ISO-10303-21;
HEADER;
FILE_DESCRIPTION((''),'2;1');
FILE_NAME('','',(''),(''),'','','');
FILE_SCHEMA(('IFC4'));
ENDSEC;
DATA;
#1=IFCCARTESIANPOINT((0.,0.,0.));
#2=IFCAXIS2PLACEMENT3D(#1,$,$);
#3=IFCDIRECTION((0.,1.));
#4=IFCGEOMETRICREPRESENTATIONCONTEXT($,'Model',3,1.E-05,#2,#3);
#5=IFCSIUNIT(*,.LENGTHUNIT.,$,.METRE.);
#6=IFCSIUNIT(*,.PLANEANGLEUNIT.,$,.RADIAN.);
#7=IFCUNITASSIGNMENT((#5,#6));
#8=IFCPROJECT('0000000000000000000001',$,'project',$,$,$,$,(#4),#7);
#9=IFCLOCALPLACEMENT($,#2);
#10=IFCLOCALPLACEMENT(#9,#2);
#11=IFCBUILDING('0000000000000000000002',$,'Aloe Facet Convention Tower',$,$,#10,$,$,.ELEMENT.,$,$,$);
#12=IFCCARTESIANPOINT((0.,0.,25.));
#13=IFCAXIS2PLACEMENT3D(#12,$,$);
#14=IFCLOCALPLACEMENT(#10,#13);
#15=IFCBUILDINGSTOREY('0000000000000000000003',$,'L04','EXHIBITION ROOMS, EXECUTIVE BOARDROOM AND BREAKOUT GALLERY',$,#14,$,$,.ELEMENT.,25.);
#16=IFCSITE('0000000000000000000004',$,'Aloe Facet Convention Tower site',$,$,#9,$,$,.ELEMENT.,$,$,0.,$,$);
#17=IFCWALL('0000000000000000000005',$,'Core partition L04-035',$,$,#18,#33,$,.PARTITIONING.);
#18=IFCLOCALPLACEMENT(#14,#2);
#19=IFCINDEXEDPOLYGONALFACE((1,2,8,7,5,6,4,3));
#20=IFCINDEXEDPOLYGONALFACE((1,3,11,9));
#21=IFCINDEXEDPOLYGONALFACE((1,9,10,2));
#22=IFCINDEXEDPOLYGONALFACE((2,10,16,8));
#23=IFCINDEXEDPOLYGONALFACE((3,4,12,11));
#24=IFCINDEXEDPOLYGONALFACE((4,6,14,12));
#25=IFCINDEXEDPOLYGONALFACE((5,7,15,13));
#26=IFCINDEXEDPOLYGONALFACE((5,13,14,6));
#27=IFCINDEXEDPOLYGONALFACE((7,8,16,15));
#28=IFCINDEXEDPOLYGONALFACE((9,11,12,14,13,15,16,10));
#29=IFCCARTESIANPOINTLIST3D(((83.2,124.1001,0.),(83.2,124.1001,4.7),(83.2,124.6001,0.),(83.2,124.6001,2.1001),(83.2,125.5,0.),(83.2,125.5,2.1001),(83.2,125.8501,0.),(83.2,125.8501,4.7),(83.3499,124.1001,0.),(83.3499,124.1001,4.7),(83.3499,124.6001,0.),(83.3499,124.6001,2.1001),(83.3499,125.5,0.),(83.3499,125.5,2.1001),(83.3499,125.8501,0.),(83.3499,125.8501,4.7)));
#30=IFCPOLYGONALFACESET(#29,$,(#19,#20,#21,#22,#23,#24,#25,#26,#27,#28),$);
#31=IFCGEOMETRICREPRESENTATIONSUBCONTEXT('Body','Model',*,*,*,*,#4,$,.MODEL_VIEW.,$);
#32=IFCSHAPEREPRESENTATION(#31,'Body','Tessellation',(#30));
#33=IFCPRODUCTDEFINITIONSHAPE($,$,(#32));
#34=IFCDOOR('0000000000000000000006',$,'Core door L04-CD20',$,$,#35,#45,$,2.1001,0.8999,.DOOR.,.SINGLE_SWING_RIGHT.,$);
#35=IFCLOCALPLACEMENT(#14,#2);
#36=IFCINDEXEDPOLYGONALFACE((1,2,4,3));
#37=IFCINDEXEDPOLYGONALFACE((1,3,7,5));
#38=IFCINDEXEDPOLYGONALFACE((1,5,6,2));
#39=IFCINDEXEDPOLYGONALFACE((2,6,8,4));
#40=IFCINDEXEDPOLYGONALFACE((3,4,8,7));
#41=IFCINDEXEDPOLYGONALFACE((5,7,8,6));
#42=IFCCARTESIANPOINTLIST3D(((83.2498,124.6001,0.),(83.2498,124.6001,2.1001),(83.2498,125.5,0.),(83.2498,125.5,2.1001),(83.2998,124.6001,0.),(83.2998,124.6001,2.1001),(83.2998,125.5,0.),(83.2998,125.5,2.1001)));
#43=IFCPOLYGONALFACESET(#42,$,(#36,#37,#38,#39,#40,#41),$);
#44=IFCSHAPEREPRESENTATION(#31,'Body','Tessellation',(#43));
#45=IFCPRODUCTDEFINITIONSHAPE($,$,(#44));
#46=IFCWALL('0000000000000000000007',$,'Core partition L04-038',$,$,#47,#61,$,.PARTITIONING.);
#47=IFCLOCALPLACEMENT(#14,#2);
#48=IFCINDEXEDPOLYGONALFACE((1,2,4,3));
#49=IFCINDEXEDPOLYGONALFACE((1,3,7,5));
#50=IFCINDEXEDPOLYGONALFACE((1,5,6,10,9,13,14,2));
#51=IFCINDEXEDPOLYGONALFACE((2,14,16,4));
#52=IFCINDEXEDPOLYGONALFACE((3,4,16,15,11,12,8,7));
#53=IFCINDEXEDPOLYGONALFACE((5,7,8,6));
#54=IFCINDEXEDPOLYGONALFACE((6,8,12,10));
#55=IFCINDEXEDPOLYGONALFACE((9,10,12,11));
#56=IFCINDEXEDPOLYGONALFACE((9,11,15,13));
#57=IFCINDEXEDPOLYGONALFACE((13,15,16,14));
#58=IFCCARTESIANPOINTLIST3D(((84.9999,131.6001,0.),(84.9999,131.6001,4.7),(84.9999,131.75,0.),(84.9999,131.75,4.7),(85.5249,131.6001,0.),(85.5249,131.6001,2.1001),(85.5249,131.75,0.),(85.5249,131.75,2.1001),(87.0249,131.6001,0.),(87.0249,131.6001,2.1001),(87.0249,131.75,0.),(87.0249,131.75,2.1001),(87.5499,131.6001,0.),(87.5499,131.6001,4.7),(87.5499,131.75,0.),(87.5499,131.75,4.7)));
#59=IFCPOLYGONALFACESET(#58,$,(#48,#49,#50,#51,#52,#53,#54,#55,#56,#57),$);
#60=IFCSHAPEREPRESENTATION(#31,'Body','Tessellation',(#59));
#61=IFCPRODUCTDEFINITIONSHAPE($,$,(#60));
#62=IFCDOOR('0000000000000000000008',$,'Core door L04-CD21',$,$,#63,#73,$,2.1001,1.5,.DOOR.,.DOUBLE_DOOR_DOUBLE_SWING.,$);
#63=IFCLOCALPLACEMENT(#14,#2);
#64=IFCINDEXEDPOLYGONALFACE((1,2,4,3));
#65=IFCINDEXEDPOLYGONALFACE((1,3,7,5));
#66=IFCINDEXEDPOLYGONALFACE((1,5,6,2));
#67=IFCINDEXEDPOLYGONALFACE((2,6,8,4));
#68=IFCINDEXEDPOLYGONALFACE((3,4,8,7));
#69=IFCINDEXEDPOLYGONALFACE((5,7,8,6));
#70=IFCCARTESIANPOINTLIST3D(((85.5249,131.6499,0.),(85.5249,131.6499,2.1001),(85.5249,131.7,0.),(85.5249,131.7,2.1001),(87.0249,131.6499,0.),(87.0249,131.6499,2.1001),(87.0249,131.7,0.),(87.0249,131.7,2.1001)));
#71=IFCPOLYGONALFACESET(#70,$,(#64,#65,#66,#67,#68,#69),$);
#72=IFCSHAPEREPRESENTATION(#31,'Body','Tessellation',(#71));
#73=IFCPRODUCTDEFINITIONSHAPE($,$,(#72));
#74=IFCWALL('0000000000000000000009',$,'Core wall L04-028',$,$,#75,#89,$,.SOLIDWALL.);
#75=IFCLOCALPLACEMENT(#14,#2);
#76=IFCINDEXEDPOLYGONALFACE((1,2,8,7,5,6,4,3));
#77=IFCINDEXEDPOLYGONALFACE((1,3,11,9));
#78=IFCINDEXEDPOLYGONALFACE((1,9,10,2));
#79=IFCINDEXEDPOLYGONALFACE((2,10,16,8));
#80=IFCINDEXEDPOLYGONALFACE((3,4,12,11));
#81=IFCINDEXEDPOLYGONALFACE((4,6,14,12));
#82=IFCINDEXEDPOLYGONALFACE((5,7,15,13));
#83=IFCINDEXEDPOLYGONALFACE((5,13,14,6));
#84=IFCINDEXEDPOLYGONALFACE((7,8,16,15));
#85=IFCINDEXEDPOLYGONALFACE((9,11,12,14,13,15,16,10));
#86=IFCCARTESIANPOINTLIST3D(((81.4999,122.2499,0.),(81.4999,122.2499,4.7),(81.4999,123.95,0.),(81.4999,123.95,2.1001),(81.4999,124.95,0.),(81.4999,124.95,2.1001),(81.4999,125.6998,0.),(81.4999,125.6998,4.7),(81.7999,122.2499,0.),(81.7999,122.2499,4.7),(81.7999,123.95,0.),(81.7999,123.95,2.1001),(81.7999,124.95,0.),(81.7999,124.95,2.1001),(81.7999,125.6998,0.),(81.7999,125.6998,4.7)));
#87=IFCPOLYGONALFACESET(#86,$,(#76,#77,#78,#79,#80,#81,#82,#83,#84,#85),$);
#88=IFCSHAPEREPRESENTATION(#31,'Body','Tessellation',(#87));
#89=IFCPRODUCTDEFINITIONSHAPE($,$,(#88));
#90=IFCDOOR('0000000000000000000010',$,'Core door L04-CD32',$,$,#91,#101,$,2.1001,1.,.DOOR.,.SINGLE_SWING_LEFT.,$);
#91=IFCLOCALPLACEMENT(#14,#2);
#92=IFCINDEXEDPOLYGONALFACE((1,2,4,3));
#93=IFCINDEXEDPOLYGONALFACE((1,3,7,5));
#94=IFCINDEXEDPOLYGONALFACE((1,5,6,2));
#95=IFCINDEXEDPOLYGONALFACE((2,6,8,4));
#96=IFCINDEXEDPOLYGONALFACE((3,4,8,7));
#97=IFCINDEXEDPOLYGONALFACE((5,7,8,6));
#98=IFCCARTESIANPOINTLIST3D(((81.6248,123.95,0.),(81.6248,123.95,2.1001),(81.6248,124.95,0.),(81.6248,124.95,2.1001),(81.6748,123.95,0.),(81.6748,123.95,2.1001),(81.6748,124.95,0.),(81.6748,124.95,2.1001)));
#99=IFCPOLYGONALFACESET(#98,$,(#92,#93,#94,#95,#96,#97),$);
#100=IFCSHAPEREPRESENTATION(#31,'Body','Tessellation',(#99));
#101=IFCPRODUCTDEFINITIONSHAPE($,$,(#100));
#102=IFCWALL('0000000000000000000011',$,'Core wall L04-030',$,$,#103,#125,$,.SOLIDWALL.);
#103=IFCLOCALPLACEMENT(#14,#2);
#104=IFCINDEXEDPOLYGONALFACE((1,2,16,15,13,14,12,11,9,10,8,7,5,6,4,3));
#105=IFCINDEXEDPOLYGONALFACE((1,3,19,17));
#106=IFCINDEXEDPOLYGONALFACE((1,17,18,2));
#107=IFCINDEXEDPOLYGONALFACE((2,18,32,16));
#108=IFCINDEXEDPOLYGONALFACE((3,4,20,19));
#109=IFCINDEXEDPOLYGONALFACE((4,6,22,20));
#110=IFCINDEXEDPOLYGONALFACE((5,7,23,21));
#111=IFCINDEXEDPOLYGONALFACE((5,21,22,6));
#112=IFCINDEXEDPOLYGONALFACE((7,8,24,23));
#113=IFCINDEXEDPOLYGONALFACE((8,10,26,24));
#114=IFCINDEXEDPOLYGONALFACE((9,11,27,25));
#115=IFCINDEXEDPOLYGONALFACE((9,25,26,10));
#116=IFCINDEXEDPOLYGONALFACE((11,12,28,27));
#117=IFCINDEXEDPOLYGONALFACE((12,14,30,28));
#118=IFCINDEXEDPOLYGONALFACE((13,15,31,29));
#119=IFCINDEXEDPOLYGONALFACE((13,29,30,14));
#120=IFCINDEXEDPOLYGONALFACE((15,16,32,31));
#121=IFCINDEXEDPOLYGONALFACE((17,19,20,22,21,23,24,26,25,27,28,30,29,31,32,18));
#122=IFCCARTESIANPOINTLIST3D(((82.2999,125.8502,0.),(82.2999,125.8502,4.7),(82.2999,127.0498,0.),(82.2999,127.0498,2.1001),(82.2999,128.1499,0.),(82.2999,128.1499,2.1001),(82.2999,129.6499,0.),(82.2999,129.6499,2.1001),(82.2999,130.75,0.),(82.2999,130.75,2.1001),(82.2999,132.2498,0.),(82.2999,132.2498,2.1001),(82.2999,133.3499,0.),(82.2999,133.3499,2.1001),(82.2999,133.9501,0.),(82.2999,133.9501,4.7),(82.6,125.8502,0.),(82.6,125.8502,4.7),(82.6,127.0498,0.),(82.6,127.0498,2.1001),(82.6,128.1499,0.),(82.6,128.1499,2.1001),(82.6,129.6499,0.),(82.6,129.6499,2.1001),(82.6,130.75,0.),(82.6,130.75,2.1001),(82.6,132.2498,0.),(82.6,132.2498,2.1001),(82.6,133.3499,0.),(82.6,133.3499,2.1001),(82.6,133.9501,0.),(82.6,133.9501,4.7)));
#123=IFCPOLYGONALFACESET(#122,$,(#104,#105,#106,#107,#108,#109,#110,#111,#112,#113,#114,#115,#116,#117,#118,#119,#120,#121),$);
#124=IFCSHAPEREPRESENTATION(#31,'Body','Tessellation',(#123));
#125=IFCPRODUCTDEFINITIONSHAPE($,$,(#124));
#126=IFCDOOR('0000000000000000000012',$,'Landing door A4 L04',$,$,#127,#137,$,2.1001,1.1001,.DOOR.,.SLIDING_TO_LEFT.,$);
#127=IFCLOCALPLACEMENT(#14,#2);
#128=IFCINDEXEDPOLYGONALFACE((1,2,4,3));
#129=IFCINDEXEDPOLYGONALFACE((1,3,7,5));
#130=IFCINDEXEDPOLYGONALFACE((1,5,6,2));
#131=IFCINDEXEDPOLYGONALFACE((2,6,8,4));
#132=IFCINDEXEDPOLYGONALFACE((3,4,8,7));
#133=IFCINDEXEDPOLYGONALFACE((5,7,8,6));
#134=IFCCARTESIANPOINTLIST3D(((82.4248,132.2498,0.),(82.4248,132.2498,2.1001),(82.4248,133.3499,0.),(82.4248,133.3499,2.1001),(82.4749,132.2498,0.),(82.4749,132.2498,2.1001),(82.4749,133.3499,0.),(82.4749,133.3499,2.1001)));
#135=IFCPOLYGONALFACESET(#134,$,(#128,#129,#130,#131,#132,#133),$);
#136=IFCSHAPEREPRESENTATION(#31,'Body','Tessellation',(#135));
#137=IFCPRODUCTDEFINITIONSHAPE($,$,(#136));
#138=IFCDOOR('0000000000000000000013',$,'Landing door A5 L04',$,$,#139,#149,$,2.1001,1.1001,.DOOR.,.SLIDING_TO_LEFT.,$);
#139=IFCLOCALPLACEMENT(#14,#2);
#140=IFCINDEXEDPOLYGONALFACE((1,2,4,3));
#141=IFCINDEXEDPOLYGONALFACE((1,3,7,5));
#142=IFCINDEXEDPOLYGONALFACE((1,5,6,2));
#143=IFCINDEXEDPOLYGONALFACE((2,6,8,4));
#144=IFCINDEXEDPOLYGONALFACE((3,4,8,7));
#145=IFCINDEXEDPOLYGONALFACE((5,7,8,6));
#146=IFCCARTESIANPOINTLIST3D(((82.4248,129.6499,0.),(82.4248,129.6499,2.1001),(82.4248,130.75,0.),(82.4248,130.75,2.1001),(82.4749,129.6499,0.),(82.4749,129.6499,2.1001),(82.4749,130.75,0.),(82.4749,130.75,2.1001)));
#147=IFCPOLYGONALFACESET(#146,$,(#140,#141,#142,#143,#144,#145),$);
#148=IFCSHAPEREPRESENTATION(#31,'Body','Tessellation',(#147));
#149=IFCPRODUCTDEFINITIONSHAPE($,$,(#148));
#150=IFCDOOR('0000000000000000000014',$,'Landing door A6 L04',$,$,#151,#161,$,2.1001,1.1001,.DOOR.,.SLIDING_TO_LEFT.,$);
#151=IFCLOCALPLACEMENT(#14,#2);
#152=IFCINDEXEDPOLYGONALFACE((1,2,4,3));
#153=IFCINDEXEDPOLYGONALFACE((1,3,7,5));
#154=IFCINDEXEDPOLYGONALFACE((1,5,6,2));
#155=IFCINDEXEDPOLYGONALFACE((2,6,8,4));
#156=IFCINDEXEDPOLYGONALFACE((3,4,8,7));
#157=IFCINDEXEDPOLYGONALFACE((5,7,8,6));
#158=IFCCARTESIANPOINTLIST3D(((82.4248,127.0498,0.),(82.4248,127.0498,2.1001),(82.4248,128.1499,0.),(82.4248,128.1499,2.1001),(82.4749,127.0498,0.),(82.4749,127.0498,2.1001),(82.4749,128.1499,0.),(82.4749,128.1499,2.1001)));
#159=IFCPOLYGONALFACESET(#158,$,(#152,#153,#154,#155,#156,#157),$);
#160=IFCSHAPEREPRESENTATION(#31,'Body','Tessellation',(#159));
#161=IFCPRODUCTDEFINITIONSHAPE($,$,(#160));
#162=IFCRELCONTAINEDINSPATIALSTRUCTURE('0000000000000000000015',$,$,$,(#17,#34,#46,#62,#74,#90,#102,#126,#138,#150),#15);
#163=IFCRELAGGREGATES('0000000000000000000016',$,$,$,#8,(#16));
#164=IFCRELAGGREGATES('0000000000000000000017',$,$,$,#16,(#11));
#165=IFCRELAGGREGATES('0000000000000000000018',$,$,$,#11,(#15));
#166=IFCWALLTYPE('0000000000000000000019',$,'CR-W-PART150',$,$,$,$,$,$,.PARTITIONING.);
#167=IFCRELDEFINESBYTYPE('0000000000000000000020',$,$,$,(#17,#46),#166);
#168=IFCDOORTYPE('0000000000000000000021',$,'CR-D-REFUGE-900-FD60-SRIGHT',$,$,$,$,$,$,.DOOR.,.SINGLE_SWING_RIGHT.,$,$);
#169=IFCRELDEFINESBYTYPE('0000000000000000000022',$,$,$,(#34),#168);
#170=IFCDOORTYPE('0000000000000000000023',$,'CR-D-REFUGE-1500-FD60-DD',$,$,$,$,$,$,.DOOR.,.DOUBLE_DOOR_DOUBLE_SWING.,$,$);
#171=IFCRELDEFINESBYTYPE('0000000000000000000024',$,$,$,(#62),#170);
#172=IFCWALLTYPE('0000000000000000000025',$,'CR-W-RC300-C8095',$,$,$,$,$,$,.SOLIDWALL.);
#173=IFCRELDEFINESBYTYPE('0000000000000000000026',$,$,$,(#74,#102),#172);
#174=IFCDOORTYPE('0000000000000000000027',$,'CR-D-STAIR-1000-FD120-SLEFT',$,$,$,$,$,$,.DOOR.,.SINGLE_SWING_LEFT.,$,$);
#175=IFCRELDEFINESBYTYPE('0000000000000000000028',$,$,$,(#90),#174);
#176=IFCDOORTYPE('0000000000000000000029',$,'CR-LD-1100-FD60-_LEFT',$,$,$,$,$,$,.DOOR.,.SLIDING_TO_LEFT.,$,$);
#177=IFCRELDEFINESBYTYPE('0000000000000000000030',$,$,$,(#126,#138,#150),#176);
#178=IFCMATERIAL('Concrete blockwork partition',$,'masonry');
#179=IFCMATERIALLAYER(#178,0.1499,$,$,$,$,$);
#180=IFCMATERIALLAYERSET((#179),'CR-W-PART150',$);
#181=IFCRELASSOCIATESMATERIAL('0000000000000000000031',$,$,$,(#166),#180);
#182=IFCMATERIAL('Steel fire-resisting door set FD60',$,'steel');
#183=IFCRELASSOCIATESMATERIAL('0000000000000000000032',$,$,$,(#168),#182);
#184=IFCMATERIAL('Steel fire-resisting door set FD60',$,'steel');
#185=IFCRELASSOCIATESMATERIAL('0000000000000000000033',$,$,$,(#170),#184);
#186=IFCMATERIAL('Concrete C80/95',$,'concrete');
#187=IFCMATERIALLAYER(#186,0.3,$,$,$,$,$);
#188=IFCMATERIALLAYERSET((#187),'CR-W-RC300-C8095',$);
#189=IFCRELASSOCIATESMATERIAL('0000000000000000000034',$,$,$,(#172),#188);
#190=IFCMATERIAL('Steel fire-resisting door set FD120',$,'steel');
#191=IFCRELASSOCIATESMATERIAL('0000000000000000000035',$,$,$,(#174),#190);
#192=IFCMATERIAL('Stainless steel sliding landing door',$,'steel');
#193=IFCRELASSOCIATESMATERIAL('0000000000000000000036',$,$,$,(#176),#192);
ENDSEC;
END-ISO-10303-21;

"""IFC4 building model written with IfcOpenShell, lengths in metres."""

from ifc_helpers import new_model, si_unit, direction, frame, frame_2d, origin, place, context, subcontext, project, spatial, rectangle, extrude, material, layer, layer_set, type_object, element, fill, save


model = new_model("IFC4")

# Units and contexts
model_context = context("Model", 3, precision=1e-05, world=origin(), true_north=direction((0.0, 1.0)))
body_context = subcontext(model_context, "Body", "Model", "MODEL_VIEW")
ifc_project = project(units=[si_unit("LENGTHUNIT", "METRE"), si_unit("PLANEANGLEUNIT", "RADIAN")], contexts=[model_context])

# Site, building, storey
site_placement = place(None, origin())
site = spatial("IfcSite", under=ifc_project, at=site_placement, Name="Aloe Facet Convention Tower site", CompositionType="ELEMENT", RefElevation=0.0)
building_placement = place(site_placement, origin())
building = spatial("IfcBuilding", under=site, at=building_placement, Name="Aloe Facet Convention Tower", CompositionType="ELEMENT")
storey_placement = place(building_placement, frame((0.0, 0.0, 25.0)))
storey = spatial("IfcBuildingStorey", under=building, at=storey_placement, Name="L04", Description="EXHIBITION ROOMS, EXECUTIVE BOARDROOM AND BREAKOUT GALLERY", CompositionType="ELEMENT", Elevation=25.0)

# Walls, openings, doors
ifc_material_1 = material(Name="Concrete blockwork partition", Category="masonry")
ifc_layer_1 = layer(ifc_material_1, 0.1499)
ifc_layer_set_1 = layer_set([ifc_layer_1], Name="CR-W-PART150")
wall_type_1 = type_object("IfcWallType", Name="CR-W-PART150", PredefinedType="PARTITIONING", material=ifc_layer_set_1)
wall_1_placement = place(storey_placement, frame((83.2749, 125.8501, 0.0), z_axis=(0.0, 0.0, 1.0), x_axis=(0.0, -1.0, 0.0)))
wall_1 = element("IfcWall", 1, at=wall_1_placement, inside=storey, type_object=wall_type_1, Name="Core partition L04-035", PredefinedType="PARTITIONING", context=body_context, shape_type="SweptSolid", body=[
    extrude(rectangle(XDim=1.75, YDim=0.1499, at=frame_2d((0.875, 0.0))), origin(), (0.0, 0.0, 1.0), 4.7),
])
opening_1_placement = place(wall_1_placement, frame((0.3501, 0.0, 0.0)))
opening_1 = element("IfcOpeningElement", 2, at=opening_1_placement, cuts=wall_1, PredefinedType="OPENING", context=body_context, shape_type="SweptSolid", body=[
    extrude(rectangle(XDim=0.8999, YDim=2.1001, at=frame_2d((0.45, 1.05))), frame((0.0, 0.085, 0.0), z_axis=(0.0, -1.0, 0.0), x_axis=(1.0, 0.0, 0.0)), (0.0, 0.0, 1.0), 0.1699),
])
ifc_material_2 = material(Name="Steel fire-resisting door set FD60", Category="steel")
door_type_1 = type_object("IfcDoorType", Name="CR-D-REFUGE-900-FD60-SRIGHT", OperationType="SINGLE_SWING_RIGHT", PredefinedType="DOOR", material=ifc_material_2)
door_1_placement = place(opening_1_placement, origin())
door_1 = element("IfcDoor", 3, at=door_1_placement, inside=storey, type_object=door_type_1, Name="Core door L04-CD20", OperationType="SINGLE_SWING_RIGHT", OverallHeight=2.1001, OverallWidth=0.8999, PredefinedType="DOOR", context=body_context, shape_type="SweptSolid", body=[
    extrude(rectangle(XDim=0.8999, YDim=2.1001, at=frame_2d((0.45, 1.05))), frame((0.0, 0.0249, 0.0), z_axis=(0.0, -1.0, 0.0), x_axis=(1.0, 0.0, 0.0)), (0.0, 0.0, 1.0), 0.05),
])
fill(opening_1, door_1)
wall_2_placement = place(storey_placement, frame((85.0, 131.675, 0.0), z_axis=(0.0, 0.0, 1.0), x_axis=(1.0, 0.0, 0.0)))
wall_2 = element("IfcWall", 4, at=wall_2_placement, inside=storey, type_object=wall_type_1, Name="Core partition L04-038", PredefinedType="PARTITIONING", context=body_context, shape_type="SweptSolid", body=[
    extrude(rectangle(XDim=2.55, YDim=0.1499, at=frame_2d((1.2749, 0.0))), origin(), (0.0, 0.0, 1.0), 4.7),
])
opening_2_placement = place(wall_2_placement, frame((0.5249, 0.0, 0.0)))
opening_2 = element("IfcOpeningElement", 5, at=opening_2_placement, cuts=wall_2, PredefinedType="OPENING", context=body_context, shape_type="SweptSolid", body=[
    extrude(rectangle(XDim=1.5, YDim=2.1001, at=frame_2d((0.75, 1.05))), frame((0.0, 0.085, 0.0), z_axis=(0.0, -1.0, 0.0), x_axis=(1.0, 0.0, 0.0)), (0.0, 0.0, 1.0), 0.1699),
])
ifc_material_3 = material(Name="Steel fire-resisting door set FD60", Category="steel")
door_type_2 = type_object("IfcDoorType", Name="CR-D-REFUGE-1500-FD60-DD", OperationType="DOUBLE_DOOR_DOUBLE_SWING", PredefinedType="DOOR", material=ifc_material_3)
door_2_placement = place(opening_2_placement, origin())
door_2 = element("IfcDoor", 6, at=door_2_placement, inside=storey, type_object=door_type_2, Name="Core door L04-CD21", OperationType="DOUBLE_DOOR_DOUBLE_SWING", OverallHeight=2.1001, OverallWidth=1.5, PredefinedType="DOOR", context=body_context, shape_type="SweptSolid", body=[
    extrude(rectangle(XDim=1.5, YDim=2.1001, at=frame_2d((0.75, 1.05))), frame((0.0, 0.0249, 0.0), z_axis=(0.0, -1.0, 0.0), x_axis=(1.0, 0.0, 0.0)), (0.0, 0.0, 1.0), 0.05),
])
fill(opening_2, door_2)
ifc_material_4 = material(Name="Concrete C80/95", Category="concrete")
ifc_layer_2 = layer(ifc_material_4, 0.3)
ifc_layer_set_2 = layer_set([ifc_layer_2], Name="CR-W-RC300-C8095")
wall_type_2 = type_object("IfcWallType", Name="CR-W-RC300-C8095", PredefinedType="SOLIDWALL", material=ifc_layer_set_2)
wall_3_placement = place(storey_placement, frame((81.6499, 125.7, 0.0), z_axis=(0.0, 0.0, 1.0), x_axis=(0.0, -1.0, 0.0)))
wall_3 = element("IfcWall", 7, at=wall_3_placement, inside=storey, type_object=wall_type_2, Name="Core wall L04-028", PredefinedType="SOLIDWALL", context=body_context, shape_type="SweptSolid", body=[
    extrude(rectangle(XDim=3.45, YDim=0.3, at=frame_2d((1.7251, 0.0))), origin(), (0.0, 0.0, 1.0), 4.7),
])
opening_3_placement = place(wall_3_placement, frame((0.75, 0.0, 0.0)))
opening_3 = element("IfcOpeningElement", 8, at=opening_3_placement, cuts=wall_3, PredefinedType="OPENING", context=body_context, shape_type="SweptSolid", body=[
    extrude(rectangle(XDim=1.0, YDim=2.1001, at=frame_2d((0.5, 1.05))), frame((0.0, 0.1602, 0.0), z_axis=(0.0, -1.0, 0.0), x_axis=(1.0, 0.0, 0.0)), (0.0, 0.0, 1.0), 0.3201),
])
ifc_material_5 = material(Name="Steel fire-resisting door set FD120", Category="steel")
door_type_3 = type_object("IfcDoorType", Name="CR-D-STAIR-1000-FD120-SLEFT", OperationType="SINGLE_SWING_LEFT", PredefinedType="DOOR", material=ifc_material_5)
door_3_placement = place(opening_3_placement, origin())
door_3 = element("IfcDoor", 9, at=door_3_placement, inside=storey, type_object=door_type_3, Name="Core door L04-CD32", OperationType="SINGLE_SWING_LEFT", OverallHeight=2.1001, OverallWidth=1.0, PredefinedType="DOOR", context=body_context, shape_type="SweptSolid", body=[
    extrude(rectangle(XDim=1.0, YDim=2.1001, at=frame_2d((0.5, 1.05))), frame((0.0, 0.0249, 0.0), z_axis=(0.0, -1.0, 0.0), x_axis=(1.0, 0.0, 0.0)), (0.0, 0.0, 1.0), 0.05),
])
fill(opening_3, door_3)

# Wall, openings, doors
wall_4_placement = place(storey_placement, frame((82.45, 133.95, 0.0), z_axis=(0.0, 0.0, 1.0), x_axis=(0.0, -1.0, 0.0)))
wall_4 = element("IfcWall", 10, at=wall_4_placement, inside=storey, type_object=wall_type_2, Name="Core wall L04-030", PredefinedType="SOLIDWALL", context=body_context, shape_type="SweptSolid", body=[
    extrude(rectangle(XDim=8.0999, YDim=0.3, at=frame_2d((4.0498, 0.0))), origin(), (0.0, 0.0, 1.0), 4.7),
])
opening_4_placement = place(wall_4_placement, frame((0.6001, 0.0, 0.0)))
opening_4 = element("IfcOpeningElement", 11, at=opening_4_placement, cuts=wall_4, PredefinedType="OPENING", context=body_context, shape_type="SweptSolid", body=[
    extrude(rectangle(XDim=1.1001, YDim=2.1001, at=frame_2d((0.55, 1.05))), frame((0.0, 0.1602, 0.0), z_axis=(0.0, -1.0, 0.0), x_axis=(1.0, 0.0, 0.0)), (0.0, 0.0, 1.0), 0.3201),
])
opening_5_placement = place(wall_4_placement, frame((3.2, 0.0, 0.0)))
opening_5 = element("IfcOpeningElement", 12, at=opening_5_placement, cuts=wall_4, PredefinedType="OPENING", context=body_context, shape_type="SweptSolid", body=[
    extrude(rectangle(XDim=1.1001, YDim=2.1001, at=frame_2d((0.55, 1.05))), frame((0.0, 0.1602, 0.0), z_axis=(0.0, -1.0, 0.0), x_axis=(1.0, 0.0, 0.0)), (0.0, 0.0, 1.0), 0.3201),
])
opening_6_placement = place(wall_4_placement, frame((5.8, 0.0, 0.0)))
opening_6 = element("IfcOpeningElement", 13, at=opening_6_placement, cuts=wall_4, PredefinedType="OPENING", context=body_context, shape_type="SweptSolid", body=[
    extrude(rectangle(XDim=1.1001, YDim=2.1001, at=frame_2d((0.55, 1.05))), frame((0.0, 0.1602, 0.0), z_axis=(0.0, -1.0, 0.0), x_axis=(1.0, 0.0, 0.0)), (0.0, 0.0, 1.0), 0.3201),
])
ifc_material_6 = material(Name="Stainless steel sliding landing door", Category="steel")
door_type_4 = type_object("IfcDoorType", Name="CR-LD-1100-FD60-_LEFT", OperationType="SLIDING_TO_LEFT", PredefinedType="DOOR", material=ifc_material_6)
door_4_placement = place(opening_4_placement, origin())
door_4 = element("IfcDoor", 14, at=door_4_placement, inside=storey, type_object=door_type_4, Name="Landing door A4 L04", OperationType="SLIDING_TO_LEFT", OverallHeight=2.1001, OverallWidth=1.1001, PredefinedType="DOOR", context=body_context, shape_type="SweptSolid", body=[
    extrude(rectangle(XDim=1.1001, YDim=2.1001, at=frame_2d((0.55, 1.05))), frame((0.0, 0.0249, 0.0), z_axis=(0.0, -1.0, 0.0), x_axis=(1.0, 0.0, 0.0)), (0.0, 0.0, 1.0), 0.05),
])
fill(opening_4, door_4)
door_5_placement = place(opening_5_placement, origin())
door_5 = element("IfcDoor", 15, at=door_5_placement, inside=storey, type_object=door_type_4, Name="Landing door A5 L04", OperationType="SLIDING_TO_LEFT", OverallHeight=2.1001, OverallWidth=1.1001, PredefinedType="DOOR", context=body_context, shape_type="SweptSolid", body=[
    extrude(rectangle(XDim=1.1001, YDim=2.1001, at=frame_2d((0.55, 1.05))), frame((0.0, 0.0249, 0.0), z_axis=(0.0, -1.0, 0.0), x_axis=(1.0, 0.0, 0.0)), (0.0, 0.0, 1.0), 0.05),
])
fill(opening_5, door_5)
door_6_placement = place(opening_6_placement, origin())
door_6 = element("IfcDoor", 16, at=door_6_placement, inside=storey, type_object=door_type_4, Name="Landing door A6 L04", OperationType="SLIDING_TO_LEFT", OverallHeight=2.1001, OverallWidth=1.1001, PredefinedType="DOOR", context=body_context, shape_type="SweptSolid", body=[
    extrude(rectangle(XDim=1.1001, YDim=2.1001, at=frame_2d((0.55, 1.05))), frame((0.0, 0.0249, 0.0), z_axis=(0.0, -1.0, 0.0), x_axis=(1.0, 0.0, 0.0)), (0.0, 0.0, 1.0), 0.05),
])
fill(opening_6, door_6)

save(model, "model.ifc")
